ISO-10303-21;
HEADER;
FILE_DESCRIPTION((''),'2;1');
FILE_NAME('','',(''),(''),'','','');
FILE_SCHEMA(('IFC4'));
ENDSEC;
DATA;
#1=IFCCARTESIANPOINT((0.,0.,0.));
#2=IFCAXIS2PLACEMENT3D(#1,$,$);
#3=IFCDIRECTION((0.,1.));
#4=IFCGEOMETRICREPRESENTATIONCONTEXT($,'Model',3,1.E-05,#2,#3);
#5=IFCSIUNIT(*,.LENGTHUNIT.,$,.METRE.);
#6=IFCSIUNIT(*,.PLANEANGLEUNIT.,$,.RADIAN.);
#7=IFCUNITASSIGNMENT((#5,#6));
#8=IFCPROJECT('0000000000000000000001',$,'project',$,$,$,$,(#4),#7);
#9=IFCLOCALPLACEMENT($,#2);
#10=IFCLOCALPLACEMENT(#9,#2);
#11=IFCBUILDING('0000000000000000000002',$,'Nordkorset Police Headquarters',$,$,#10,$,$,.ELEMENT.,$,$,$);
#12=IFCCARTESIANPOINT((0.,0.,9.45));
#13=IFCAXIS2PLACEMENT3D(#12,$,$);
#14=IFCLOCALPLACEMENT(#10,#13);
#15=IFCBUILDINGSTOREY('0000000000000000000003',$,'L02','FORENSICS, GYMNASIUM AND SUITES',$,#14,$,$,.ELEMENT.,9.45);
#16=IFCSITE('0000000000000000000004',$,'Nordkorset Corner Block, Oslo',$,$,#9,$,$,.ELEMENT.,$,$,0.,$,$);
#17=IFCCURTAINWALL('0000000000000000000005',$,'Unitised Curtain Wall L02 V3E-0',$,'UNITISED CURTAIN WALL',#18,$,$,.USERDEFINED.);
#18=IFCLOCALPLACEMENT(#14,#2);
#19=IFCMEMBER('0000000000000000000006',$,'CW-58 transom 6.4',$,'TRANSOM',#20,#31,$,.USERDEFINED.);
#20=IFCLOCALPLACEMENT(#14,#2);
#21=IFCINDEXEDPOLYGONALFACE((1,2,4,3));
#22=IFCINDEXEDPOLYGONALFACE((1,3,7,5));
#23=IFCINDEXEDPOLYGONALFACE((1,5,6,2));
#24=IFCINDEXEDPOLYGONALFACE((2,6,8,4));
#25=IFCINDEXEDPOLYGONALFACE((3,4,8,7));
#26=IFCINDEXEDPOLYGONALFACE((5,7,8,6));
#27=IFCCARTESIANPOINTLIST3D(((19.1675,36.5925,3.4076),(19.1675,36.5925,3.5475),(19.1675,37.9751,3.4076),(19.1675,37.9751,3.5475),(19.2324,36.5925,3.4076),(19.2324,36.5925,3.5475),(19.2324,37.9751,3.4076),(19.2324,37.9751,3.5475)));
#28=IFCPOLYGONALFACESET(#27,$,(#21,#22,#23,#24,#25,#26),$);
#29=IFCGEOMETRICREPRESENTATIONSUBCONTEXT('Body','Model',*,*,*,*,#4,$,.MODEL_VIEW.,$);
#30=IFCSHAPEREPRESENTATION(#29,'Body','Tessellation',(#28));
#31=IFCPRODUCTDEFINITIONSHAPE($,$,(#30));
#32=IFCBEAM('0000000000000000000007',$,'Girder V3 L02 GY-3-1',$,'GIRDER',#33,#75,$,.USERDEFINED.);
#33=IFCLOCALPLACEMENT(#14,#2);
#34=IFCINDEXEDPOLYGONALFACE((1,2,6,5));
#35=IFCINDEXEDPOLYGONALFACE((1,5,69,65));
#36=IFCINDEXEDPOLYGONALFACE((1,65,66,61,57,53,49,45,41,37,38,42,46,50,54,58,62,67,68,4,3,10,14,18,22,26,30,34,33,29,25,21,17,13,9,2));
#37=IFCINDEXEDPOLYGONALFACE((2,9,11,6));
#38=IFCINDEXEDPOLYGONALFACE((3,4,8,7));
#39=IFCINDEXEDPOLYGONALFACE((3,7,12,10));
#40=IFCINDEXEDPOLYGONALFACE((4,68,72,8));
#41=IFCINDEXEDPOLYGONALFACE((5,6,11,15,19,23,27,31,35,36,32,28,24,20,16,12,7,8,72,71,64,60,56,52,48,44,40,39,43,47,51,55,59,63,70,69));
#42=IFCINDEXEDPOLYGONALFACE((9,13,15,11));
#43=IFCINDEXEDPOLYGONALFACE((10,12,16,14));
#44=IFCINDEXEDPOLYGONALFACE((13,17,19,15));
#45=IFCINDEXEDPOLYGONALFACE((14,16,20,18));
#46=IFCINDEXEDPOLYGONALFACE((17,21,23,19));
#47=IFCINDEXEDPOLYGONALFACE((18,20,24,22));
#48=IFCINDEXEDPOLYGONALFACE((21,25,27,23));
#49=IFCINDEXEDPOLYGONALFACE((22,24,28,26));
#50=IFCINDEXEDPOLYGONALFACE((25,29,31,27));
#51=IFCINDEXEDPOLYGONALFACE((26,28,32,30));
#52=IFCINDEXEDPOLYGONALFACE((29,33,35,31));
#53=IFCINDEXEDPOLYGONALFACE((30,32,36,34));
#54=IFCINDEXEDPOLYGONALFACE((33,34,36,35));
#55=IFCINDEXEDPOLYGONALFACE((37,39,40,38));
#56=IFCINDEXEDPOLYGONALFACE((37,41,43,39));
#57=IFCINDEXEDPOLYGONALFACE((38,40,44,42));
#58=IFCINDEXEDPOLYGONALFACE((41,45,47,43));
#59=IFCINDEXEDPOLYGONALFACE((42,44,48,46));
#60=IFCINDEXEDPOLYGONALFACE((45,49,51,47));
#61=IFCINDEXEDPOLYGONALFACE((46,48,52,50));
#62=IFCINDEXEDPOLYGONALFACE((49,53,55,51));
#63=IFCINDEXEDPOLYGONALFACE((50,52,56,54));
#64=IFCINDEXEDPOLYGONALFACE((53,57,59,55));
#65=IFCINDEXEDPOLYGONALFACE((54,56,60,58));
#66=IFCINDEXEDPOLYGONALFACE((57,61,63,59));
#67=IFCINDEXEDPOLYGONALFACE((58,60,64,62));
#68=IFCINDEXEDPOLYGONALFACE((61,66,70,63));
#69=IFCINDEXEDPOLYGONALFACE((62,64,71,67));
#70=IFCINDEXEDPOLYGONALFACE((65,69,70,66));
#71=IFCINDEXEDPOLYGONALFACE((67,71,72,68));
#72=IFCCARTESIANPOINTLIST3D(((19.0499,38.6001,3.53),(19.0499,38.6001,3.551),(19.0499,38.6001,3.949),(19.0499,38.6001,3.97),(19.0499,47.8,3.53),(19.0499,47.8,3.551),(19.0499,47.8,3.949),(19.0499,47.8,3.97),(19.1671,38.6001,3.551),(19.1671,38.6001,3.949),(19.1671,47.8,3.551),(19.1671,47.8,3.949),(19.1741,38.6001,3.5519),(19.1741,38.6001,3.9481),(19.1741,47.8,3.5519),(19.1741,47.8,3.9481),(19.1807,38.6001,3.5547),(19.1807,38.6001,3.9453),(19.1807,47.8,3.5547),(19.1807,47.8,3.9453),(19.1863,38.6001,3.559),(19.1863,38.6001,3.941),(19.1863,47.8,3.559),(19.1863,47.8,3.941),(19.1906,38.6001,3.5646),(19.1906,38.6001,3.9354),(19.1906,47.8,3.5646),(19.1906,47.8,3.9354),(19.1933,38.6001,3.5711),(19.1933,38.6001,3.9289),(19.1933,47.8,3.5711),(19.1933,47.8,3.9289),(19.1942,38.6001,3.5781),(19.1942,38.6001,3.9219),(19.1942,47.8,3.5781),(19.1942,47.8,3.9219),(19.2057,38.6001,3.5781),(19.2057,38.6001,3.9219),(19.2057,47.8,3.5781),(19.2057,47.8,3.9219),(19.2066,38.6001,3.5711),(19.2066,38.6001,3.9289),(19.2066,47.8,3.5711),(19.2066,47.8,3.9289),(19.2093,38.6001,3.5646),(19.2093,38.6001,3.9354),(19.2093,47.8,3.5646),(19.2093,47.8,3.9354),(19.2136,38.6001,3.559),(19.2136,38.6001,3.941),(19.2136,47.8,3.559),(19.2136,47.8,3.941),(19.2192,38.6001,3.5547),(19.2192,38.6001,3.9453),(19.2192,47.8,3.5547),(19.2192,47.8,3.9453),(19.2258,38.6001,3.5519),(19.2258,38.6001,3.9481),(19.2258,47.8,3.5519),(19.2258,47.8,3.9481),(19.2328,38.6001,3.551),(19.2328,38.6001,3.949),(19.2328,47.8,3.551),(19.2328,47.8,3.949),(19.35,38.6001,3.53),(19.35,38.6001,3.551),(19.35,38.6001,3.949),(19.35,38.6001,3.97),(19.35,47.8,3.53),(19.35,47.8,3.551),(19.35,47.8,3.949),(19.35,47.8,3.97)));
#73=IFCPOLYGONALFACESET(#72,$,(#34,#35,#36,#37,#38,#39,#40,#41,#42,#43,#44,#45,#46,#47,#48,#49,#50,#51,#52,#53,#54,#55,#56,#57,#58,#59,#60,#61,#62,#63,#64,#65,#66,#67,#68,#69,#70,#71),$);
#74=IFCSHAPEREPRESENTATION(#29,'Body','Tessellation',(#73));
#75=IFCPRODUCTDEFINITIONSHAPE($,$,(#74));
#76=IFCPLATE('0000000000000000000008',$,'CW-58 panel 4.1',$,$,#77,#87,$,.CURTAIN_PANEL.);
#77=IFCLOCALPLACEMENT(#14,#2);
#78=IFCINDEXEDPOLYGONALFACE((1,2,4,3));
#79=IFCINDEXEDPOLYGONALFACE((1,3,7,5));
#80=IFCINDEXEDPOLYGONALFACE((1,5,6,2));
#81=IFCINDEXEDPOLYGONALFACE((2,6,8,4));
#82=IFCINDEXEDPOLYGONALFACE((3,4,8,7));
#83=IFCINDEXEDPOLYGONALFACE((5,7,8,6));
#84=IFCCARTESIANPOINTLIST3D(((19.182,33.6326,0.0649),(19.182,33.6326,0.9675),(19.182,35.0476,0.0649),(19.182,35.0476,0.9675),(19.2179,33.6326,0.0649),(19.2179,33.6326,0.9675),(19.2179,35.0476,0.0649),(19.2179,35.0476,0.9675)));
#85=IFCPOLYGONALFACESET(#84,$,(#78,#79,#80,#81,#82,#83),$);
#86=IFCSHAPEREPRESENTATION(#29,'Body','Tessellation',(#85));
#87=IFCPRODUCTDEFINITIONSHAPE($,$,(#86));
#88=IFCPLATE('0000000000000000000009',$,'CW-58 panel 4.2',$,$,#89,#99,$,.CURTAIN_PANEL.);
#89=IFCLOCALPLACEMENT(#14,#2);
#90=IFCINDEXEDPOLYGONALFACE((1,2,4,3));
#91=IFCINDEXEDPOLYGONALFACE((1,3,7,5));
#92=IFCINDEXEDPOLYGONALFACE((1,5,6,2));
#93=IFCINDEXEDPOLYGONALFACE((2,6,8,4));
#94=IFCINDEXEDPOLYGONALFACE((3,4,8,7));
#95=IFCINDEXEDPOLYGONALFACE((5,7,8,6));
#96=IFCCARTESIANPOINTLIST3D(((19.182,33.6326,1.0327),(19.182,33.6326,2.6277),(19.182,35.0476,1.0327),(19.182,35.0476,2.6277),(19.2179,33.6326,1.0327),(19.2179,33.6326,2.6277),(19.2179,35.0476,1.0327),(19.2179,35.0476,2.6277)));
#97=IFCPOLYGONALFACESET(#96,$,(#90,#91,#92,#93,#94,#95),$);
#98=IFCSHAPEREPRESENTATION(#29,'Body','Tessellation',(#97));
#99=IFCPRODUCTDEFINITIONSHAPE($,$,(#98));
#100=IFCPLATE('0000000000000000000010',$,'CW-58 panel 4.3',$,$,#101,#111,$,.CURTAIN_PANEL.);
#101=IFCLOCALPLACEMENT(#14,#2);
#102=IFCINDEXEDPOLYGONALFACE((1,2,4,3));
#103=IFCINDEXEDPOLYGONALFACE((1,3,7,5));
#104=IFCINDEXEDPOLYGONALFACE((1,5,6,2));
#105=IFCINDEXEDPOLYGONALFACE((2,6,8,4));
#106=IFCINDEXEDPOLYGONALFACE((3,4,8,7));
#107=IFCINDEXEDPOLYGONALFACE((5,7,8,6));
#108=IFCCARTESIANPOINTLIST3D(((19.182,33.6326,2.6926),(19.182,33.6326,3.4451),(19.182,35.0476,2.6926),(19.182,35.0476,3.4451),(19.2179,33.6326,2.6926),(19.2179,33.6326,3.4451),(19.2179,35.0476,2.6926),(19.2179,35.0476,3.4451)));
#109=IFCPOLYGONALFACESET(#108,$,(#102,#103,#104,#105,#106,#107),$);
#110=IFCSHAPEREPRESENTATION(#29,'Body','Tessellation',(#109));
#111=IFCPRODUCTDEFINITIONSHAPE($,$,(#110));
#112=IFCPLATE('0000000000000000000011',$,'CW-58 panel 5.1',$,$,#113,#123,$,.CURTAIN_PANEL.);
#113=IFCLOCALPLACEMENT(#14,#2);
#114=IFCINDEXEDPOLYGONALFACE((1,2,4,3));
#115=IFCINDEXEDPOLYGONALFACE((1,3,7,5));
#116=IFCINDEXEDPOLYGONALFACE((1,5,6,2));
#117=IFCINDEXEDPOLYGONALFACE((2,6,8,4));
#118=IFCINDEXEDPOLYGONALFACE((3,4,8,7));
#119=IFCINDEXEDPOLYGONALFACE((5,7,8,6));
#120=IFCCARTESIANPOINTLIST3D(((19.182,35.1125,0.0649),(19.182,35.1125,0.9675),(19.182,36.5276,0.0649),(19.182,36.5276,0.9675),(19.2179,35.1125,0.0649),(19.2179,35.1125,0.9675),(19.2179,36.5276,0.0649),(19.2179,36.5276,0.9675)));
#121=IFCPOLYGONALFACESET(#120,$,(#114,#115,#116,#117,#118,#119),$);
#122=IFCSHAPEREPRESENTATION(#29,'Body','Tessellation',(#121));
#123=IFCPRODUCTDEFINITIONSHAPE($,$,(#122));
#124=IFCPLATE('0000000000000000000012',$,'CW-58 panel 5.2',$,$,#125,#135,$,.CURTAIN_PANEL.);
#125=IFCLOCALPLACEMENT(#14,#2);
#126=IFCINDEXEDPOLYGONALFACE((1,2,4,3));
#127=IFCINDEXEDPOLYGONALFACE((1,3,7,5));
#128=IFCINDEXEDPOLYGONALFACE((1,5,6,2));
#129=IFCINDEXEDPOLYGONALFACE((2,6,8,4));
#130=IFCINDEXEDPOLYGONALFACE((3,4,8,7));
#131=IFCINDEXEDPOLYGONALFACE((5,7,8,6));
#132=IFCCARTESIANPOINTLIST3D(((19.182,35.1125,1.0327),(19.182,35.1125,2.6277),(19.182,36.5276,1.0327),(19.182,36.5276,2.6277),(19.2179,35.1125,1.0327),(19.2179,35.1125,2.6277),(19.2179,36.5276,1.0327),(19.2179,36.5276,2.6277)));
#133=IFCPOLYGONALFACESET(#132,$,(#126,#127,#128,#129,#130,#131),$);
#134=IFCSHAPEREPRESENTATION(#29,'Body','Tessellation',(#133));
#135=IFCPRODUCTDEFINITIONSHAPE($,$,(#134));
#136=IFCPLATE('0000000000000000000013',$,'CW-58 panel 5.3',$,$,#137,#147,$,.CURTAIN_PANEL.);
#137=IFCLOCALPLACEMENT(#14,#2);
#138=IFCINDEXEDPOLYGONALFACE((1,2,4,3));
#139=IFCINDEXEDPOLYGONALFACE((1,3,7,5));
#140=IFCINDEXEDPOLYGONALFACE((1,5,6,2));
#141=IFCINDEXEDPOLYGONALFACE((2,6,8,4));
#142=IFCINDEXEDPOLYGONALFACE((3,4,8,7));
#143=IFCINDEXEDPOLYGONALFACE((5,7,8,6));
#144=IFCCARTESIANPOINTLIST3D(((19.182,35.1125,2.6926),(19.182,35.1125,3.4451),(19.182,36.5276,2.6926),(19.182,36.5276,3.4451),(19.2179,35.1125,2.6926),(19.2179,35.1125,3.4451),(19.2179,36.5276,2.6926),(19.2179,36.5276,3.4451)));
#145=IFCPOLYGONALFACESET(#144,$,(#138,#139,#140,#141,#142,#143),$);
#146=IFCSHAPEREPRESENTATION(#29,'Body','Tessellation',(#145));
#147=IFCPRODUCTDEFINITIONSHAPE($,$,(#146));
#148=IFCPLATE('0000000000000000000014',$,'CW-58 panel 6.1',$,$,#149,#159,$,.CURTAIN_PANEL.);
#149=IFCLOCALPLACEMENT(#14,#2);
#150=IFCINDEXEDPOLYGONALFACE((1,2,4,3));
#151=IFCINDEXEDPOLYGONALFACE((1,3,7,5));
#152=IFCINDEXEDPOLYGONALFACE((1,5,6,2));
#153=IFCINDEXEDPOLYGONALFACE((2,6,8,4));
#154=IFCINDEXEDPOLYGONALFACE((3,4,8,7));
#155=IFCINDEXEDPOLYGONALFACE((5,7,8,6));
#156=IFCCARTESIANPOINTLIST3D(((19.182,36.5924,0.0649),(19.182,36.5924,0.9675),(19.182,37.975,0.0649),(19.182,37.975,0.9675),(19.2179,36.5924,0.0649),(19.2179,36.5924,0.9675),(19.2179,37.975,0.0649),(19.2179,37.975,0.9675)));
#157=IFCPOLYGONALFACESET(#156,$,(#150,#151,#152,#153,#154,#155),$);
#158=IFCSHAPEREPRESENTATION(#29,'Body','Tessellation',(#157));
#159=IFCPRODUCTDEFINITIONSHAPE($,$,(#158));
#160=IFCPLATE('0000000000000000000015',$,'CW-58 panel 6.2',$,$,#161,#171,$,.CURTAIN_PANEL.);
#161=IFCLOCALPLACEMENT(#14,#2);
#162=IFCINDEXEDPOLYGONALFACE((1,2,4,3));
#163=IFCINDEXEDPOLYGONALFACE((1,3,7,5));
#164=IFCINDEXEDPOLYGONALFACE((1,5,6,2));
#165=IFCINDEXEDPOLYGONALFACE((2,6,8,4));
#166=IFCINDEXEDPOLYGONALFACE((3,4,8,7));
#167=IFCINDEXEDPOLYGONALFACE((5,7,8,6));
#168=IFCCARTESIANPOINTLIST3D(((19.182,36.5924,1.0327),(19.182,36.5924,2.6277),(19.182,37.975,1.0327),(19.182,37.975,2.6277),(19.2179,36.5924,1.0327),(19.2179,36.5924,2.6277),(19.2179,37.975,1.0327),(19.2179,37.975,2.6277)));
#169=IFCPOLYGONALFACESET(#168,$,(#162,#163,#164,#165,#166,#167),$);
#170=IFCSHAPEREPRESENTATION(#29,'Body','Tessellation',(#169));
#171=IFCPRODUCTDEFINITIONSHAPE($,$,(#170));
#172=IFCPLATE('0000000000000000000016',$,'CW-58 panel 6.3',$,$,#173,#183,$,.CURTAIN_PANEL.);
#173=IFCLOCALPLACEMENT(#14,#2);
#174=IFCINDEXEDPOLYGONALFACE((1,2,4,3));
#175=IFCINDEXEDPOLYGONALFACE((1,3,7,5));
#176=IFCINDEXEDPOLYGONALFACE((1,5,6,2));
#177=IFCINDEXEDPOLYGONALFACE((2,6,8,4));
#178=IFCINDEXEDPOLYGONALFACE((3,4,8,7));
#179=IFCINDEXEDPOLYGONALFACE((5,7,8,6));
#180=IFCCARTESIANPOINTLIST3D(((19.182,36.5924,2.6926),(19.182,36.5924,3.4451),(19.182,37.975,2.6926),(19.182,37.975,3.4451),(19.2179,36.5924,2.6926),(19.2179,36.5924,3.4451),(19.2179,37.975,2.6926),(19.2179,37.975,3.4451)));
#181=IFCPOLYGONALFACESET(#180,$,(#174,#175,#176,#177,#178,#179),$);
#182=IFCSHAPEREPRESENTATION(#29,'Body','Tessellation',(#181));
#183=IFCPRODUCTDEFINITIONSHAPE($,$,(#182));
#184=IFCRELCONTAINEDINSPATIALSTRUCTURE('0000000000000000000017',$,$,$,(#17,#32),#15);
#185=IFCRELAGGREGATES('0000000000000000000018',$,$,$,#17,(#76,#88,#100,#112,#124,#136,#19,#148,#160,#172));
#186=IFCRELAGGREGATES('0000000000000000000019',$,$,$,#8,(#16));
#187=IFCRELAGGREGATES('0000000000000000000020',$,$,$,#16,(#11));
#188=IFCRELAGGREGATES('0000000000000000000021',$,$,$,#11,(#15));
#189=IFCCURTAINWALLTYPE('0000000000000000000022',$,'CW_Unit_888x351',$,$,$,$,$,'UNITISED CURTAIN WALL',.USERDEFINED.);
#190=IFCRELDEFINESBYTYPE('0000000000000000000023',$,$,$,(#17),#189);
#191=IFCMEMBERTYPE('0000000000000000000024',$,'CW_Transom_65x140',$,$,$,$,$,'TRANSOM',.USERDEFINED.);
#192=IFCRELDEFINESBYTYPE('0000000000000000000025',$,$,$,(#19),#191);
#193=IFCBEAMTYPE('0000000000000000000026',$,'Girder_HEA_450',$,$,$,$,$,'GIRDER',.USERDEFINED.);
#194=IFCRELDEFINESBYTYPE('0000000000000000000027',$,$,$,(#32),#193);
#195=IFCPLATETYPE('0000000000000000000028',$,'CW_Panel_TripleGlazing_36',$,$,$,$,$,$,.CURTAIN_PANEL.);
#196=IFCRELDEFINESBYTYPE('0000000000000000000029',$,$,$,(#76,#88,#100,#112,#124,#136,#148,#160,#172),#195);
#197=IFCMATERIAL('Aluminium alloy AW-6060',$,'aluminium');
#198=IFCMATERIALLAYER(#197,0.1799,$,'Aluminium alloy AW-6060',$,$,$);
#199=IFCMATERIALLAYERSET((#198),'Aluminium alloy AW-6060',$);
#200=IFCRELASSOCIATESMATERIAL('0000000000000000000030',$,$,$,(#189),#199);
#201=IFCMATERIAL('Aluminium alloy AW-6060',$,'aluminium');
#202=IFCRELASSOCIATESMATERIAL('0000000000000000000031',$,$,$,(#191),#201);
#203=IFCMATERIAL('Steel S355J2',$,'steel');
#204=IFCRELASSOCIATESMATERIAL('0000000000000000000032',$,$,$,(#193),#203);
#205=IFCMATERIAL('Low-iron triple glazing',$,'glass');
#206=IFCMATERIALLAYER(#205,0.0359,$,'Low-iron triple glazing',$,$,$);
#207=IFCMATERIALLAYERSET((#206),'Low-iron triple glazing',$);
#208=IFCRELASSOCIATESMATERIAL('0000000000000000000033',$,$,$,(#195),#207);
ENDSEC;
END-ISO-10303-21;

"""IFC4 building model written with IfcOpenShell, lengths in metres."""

from ifc_helpers import new_model, si_unit, direction, frame, origin, origin_2d, place, context, subcontext, project, spatial, rectangle, i_section, extrude, material, layer, layer_set, material_profile, profile_set, type_object, element, aggregate, save


model = new_model("IFC4")

# Units and contexts
model_context = context("Model", 3, precision=1e-05, world=origin(), true_north=direction((0.0, 1.0)))
body_context = subcontext(model_context, "Body", "Model", "MODEL_VIEW")
ifc_project = project(units=[si_unit("LENGTHUNIT", "METRE"), si_unit("PLANEANGLEUNIT", "RADIAN")], contexts=[model_context])

# Site, building, storey
site_placement = place(None, origin())
site = spatial("IfcSite", under=ifc_project, at=site_placement, Name="Nordkorset Corner Block, Oslo", CompositionType="ELEMENT", RefElevation=0.0)
building_placement = place(site_placement, origin())
building = spatial("IfcBuilding", under=site, at=building_placement, Name="Nordkorset Police Headquarters", CompositionType="ELEMENT")
storey_placement = place(building_placement, frame((0.0, 0.0, 9.45)))
storey = spatial("IfcBuildingStorey", under=building, at=storey_placement, Name="L02", Description="FORENSICS, GYMNASIUM AND SUITES", CompositionType="ELEMENT", Elevation=9.45)

# Curtain wall, member
ifc_material_1 = material(Name="Aluminium alloy AW-6060", Category="aluminium")
ifc_layer_1 = layer(ifc_material_1, 0.1799, Name="Aluminium alloy AW-6060")
ifc_layer_set_1 = layer_set([ifc_layer_1], Name="Aluminium alloy AW-6060")
curtain_wall_type = type_object("IfcCurtainWallType", Name="CW_Unit_888x351", ElementType="UNITISED CURTAIN WALL", PredefinedType="USERDEFINED", material=ifc_layer_set_1)
curtain_wall_placement = place(storey_placement, origin())
curtain_wall = element("IfcCurtainWall", 1, at=curtain_wall_placement, inside=storey, type_object=curtain_wall_type, Name="Unitised Curtain Wall L02 V3E-0", ObjectType="UNITISED CURTAIN WALL", PredefinedType="USERDEFINED")
ifc_material_2 = material(Name="Aluminium alloy AW-6060", Category="aluminium")
ifc_material_profile_1 = material_profile(ifc_material_2, rectangle(XDim=0.0649, YDim=0.1399, at=origin_2d()), Name="ALU TRAN 65x140")
ifc_profile_set_1 = profile_set([ifc_material_profile_1], Name="Aluminium alloy AW-6060")
member_type_1 = type_object("IfcMemberType", Name="CW_Transom_65x140", ElementType="TRANSOM", PredefinedType="USERDEFINED", material=ifc_profile_set_1)
member_1_placement = place(storey_placement, frame((19.2, 36.5925, 3.4775), z_axis=(0.0, 1.0, 0.0), x_axis=(-1.0, 0.0, 0.0)))
member_1 = element("IfcMember", 2, at=member_1_placement, type_object=member_type_1, Name="CW-58 transom 6.4", ObjectType="TRANSOM", PredefinedType="USERDEFINED", context=body_context, shape_type="SweptSolid", body=[
    extrude(rectangle(XDim=0.0649, YDim=0.1399, at=origin_2d()), origin(), (0.0, 0.0, 1.0), 1.3826),
])

# Beam
ifc_material_3 = material(Name="Steel S355J2", Category="steel")
ifc_material_profile_2 = material_profile(ifc_material_3, i_section(OverallWidth=0.3, OverallDepth=0.4399, WebThickness=0.0115, FlangeThickness=0.021, FilletRadius=0.0271, at=origin_2d()), Name="HEA 450")
ifc_profile_set_2 = profile_set([ifc_material_profile_2], Name="Steel S355J2")
beam_type = type_object("IfcBeamType", Name="Girder_HEA_450", ElementType="GIRDER", PredefinedType="USERDEFINED", material=ifc_profile_set_2)
beam_placement = place(storey_placement, frame((19.2, 38.6001, 3.75), z_axis=(0.0, 1.0, 0.0), x_axis=(-1.0, 0.0, 0.0)))
element("IfcBeam", 3, at=beam_placement, inside=storey, type_object=beam_type, Name="Girder V3 L02 GY-3-1", ObjectType="GIRDER", PredefinedType="USERDEFINED", context=body_context, shape_type="SweptSolid", body=[
    extrude(i_section(OverallWidth=0.3, OverallDepth=0.4399, WebThickness=0.0115, FlangeThickness=0.021, FilletRadius=0.0271, at=origin_2d()), origin(), (0.0, 0.0, 1.0), 9.2),
])

# Plates
ifc_material_4 = material(Name="Low-iron triple glazing", Category="glass")
ifc_layer_2 = layer(ifc_material_4, 0.0359, Name="Low-iron triple glazing")
ifc_layer_set_2 = layer_set([ifc_layer_2], Name="Low-iron triple glazing")
plate_type = type_object("IfcPlateType", Name="CW_Panel_TripleGlazing_36", PredefinedType="CURTAIN_PANEL", material=ifc_layer_set_2)
plate_1_placement = place(storey_placement, frame((19.2, 34.3401, 0.0649), z_axis=(0.0, 0.0, 1.0), x_axis=(0.0, 1.0, 0.0)))
plate_1 = element("IfcPlate", 4, at=plate_1_placement, type_object=plate_type, Name="CW-58 panel 4.1", PredefinedType="CURTAIN_PANEL", context=body_context, shape_type="SweptSolid", body=[
    extrude(rectangle(XDim=1.415, YDim=0.0359, at=origin_2d()), origin(), (0.0, 0.0, 1.0), 0.9026),
])
plate_2_placement = place(storey_placement, frame((19.2, 34.3401, 1.0327), z_axis=(0.0, 0.0, 1.0), x_axis=(0.0, 1.0, 0.0)))
plate_2 = element("IfcPlate", 5, at=plate_2_placement, type_object=plate_type, Name="CW-58 panel 4.2", PredefinedType="CURTAIN_PANEL", context=body_context, shape_type="SweptSolid", body=[
    extrude(rectangle(XDim=1.415, YDim=0.0359, at=origin_2d()), origin(), (0.0, 0.0, 1.0), 1.595),
])
plate_3_placement = place(storey_placement, frame((19.2, 34.3401, 2.6926), z_axis=(0.0, 0.0, 1.0), x_axis=(0.0, 1.0, 0.0)))
plate_3 = element("IfcPlate", 6, at=plate_3_placement, type_object=plate_type, Name="CW-58 panel 4.3", PredefinedType="CURTAIN_PANEL", context=body_context, shape_type="SweptSolid", body=[
    extrude(rectangle(XDim=1.415, YDim=0.0359, at=origin_2d()), origin(), (0.0, 0.0, 1.0), 0.7524),
])
plate_4_placement = place(storey_placement, frame((19.2, 35.8201, 0.0649), z_axis=(0.0, 0.0, 1.0), x_axis=(0.0, 1.0, 0.0)))
plate_4 = element("IfcPlate", 7, at=plate_4_placement, type_object=plate_type, Name="CW-58 panel 5.1", PredefinedType="CURTAIN_PANEL", context=body_context, shape_type="SweptSolid", body=[
    extrude(rectangle(XDim=1.415, YDim=0.0359, at=origin_2d()), origin(), (0.0, 0.0, 1.0), 0.9026),
])
plate_5_placement = place(storey_placement, frame((19.2, 35.8201, 1.0327), z_axis=(0.0, 0.0, 1.0), x_axis=(0.0, 1.0, 0.0)))
plate_5 = element("IfcPlate", 8, at=plate_5_placement, type_object=plate_type, Name="CW-58 panel 5.2", PredefinedType="CURTAIN_PANEL", context=body_context, shape_type="SweptSolid", body=[
    extrude(rectangle(XDim=1.415, YDim=0.0359, at=origin_2d()), origin(), (0.0, 0.0, 1.0), 1.595),
])
plate_6_placement = place(storey_placement, frame((19.2, 35.8201, 2.6926), z_axis=(0.0, 0.0, 1.0), x_axis=(0.0, 1.0, 0.0)))
plate_6 = element("IfcPlate", 9, at=plate_6_placement, type_object=plate_type, Name="CW-58 panel 5.3", PredefinedType="CURTAIN_PANEL", context=body_context, shape_type="SweptSolid", body=[
    extrude(rectangle(XDim=1.415, YDim=0.0359, at=origin_2d()), origin(), (0.0, 0.0, 1.0), 0.7524),
])
plate_7_placement = place(storey_placement, frame((19.2, 37.2837, 0.0649), z_axis=(0.0, 0.0, 1.0), x_axis=(0.0, 1.0, 0.0)))
plate_7 = element("IfcPlate", 10, at=plate_7_placement, type_object=plate_type, Name="CW-58 panel 6.1", PredefinedType="CURTAIN_PANEL", context=body_context, shape_type="SweptSolid", body=[
    extrude(rectangle(XDim=1.3826, YDim=0.0359, at=origin_2d()), origin(), (0.0, 0.0, 1.0), 0.9026),
])
plate_8_placement = place(storey_placement, frame((19.2, 37.2837, 1.0327), z_axis=(0.0, 0.0, 1.0), x_axis=(0.0, 1.0, 0.0)))
plate_8 = element("IfcPlate", 11, at=plate_8_placement, type_object=plate_type, Name="CW-58 panel 6.2", PredefinedType="CURTAIN_PANEL", context=body_context, shape_type="SweptSolid", body=[
    extrude(rectangle(XDim=1.3826, YDim=0.0359, at=origin_2d()), origin(), (0.0, 0.0, 1.0), 1.595),
])
plate_9_placement = place(storey_placement, frame((19.2, 37.2837, 2.6926), z_axis=(0.0, 0.0, 1.0), x_axis=(0.0, 1.0, 0.0)))
plate_9 = element("IfcPlate", 12, at=plate_9_placement, type_object=plate_type, Name="CW-58 panel 6.3", PredefinedType="CURTAIN_PANEL", context=body_context, shape_type="SweptSolid", body=[
    extrude(rectangle(XDim=1.3826, YDim=0.0359, at=origin_2d()), origin(), (0.0, 0.0, 1.0), 0.7524),
])
aggregate(curtain_wall, [plate_1, plate_2, plate_3, plate_4, plate_5, plate_6, member_1, plate_7, plate_8, plate_9])

save(model, "model.ifc")
